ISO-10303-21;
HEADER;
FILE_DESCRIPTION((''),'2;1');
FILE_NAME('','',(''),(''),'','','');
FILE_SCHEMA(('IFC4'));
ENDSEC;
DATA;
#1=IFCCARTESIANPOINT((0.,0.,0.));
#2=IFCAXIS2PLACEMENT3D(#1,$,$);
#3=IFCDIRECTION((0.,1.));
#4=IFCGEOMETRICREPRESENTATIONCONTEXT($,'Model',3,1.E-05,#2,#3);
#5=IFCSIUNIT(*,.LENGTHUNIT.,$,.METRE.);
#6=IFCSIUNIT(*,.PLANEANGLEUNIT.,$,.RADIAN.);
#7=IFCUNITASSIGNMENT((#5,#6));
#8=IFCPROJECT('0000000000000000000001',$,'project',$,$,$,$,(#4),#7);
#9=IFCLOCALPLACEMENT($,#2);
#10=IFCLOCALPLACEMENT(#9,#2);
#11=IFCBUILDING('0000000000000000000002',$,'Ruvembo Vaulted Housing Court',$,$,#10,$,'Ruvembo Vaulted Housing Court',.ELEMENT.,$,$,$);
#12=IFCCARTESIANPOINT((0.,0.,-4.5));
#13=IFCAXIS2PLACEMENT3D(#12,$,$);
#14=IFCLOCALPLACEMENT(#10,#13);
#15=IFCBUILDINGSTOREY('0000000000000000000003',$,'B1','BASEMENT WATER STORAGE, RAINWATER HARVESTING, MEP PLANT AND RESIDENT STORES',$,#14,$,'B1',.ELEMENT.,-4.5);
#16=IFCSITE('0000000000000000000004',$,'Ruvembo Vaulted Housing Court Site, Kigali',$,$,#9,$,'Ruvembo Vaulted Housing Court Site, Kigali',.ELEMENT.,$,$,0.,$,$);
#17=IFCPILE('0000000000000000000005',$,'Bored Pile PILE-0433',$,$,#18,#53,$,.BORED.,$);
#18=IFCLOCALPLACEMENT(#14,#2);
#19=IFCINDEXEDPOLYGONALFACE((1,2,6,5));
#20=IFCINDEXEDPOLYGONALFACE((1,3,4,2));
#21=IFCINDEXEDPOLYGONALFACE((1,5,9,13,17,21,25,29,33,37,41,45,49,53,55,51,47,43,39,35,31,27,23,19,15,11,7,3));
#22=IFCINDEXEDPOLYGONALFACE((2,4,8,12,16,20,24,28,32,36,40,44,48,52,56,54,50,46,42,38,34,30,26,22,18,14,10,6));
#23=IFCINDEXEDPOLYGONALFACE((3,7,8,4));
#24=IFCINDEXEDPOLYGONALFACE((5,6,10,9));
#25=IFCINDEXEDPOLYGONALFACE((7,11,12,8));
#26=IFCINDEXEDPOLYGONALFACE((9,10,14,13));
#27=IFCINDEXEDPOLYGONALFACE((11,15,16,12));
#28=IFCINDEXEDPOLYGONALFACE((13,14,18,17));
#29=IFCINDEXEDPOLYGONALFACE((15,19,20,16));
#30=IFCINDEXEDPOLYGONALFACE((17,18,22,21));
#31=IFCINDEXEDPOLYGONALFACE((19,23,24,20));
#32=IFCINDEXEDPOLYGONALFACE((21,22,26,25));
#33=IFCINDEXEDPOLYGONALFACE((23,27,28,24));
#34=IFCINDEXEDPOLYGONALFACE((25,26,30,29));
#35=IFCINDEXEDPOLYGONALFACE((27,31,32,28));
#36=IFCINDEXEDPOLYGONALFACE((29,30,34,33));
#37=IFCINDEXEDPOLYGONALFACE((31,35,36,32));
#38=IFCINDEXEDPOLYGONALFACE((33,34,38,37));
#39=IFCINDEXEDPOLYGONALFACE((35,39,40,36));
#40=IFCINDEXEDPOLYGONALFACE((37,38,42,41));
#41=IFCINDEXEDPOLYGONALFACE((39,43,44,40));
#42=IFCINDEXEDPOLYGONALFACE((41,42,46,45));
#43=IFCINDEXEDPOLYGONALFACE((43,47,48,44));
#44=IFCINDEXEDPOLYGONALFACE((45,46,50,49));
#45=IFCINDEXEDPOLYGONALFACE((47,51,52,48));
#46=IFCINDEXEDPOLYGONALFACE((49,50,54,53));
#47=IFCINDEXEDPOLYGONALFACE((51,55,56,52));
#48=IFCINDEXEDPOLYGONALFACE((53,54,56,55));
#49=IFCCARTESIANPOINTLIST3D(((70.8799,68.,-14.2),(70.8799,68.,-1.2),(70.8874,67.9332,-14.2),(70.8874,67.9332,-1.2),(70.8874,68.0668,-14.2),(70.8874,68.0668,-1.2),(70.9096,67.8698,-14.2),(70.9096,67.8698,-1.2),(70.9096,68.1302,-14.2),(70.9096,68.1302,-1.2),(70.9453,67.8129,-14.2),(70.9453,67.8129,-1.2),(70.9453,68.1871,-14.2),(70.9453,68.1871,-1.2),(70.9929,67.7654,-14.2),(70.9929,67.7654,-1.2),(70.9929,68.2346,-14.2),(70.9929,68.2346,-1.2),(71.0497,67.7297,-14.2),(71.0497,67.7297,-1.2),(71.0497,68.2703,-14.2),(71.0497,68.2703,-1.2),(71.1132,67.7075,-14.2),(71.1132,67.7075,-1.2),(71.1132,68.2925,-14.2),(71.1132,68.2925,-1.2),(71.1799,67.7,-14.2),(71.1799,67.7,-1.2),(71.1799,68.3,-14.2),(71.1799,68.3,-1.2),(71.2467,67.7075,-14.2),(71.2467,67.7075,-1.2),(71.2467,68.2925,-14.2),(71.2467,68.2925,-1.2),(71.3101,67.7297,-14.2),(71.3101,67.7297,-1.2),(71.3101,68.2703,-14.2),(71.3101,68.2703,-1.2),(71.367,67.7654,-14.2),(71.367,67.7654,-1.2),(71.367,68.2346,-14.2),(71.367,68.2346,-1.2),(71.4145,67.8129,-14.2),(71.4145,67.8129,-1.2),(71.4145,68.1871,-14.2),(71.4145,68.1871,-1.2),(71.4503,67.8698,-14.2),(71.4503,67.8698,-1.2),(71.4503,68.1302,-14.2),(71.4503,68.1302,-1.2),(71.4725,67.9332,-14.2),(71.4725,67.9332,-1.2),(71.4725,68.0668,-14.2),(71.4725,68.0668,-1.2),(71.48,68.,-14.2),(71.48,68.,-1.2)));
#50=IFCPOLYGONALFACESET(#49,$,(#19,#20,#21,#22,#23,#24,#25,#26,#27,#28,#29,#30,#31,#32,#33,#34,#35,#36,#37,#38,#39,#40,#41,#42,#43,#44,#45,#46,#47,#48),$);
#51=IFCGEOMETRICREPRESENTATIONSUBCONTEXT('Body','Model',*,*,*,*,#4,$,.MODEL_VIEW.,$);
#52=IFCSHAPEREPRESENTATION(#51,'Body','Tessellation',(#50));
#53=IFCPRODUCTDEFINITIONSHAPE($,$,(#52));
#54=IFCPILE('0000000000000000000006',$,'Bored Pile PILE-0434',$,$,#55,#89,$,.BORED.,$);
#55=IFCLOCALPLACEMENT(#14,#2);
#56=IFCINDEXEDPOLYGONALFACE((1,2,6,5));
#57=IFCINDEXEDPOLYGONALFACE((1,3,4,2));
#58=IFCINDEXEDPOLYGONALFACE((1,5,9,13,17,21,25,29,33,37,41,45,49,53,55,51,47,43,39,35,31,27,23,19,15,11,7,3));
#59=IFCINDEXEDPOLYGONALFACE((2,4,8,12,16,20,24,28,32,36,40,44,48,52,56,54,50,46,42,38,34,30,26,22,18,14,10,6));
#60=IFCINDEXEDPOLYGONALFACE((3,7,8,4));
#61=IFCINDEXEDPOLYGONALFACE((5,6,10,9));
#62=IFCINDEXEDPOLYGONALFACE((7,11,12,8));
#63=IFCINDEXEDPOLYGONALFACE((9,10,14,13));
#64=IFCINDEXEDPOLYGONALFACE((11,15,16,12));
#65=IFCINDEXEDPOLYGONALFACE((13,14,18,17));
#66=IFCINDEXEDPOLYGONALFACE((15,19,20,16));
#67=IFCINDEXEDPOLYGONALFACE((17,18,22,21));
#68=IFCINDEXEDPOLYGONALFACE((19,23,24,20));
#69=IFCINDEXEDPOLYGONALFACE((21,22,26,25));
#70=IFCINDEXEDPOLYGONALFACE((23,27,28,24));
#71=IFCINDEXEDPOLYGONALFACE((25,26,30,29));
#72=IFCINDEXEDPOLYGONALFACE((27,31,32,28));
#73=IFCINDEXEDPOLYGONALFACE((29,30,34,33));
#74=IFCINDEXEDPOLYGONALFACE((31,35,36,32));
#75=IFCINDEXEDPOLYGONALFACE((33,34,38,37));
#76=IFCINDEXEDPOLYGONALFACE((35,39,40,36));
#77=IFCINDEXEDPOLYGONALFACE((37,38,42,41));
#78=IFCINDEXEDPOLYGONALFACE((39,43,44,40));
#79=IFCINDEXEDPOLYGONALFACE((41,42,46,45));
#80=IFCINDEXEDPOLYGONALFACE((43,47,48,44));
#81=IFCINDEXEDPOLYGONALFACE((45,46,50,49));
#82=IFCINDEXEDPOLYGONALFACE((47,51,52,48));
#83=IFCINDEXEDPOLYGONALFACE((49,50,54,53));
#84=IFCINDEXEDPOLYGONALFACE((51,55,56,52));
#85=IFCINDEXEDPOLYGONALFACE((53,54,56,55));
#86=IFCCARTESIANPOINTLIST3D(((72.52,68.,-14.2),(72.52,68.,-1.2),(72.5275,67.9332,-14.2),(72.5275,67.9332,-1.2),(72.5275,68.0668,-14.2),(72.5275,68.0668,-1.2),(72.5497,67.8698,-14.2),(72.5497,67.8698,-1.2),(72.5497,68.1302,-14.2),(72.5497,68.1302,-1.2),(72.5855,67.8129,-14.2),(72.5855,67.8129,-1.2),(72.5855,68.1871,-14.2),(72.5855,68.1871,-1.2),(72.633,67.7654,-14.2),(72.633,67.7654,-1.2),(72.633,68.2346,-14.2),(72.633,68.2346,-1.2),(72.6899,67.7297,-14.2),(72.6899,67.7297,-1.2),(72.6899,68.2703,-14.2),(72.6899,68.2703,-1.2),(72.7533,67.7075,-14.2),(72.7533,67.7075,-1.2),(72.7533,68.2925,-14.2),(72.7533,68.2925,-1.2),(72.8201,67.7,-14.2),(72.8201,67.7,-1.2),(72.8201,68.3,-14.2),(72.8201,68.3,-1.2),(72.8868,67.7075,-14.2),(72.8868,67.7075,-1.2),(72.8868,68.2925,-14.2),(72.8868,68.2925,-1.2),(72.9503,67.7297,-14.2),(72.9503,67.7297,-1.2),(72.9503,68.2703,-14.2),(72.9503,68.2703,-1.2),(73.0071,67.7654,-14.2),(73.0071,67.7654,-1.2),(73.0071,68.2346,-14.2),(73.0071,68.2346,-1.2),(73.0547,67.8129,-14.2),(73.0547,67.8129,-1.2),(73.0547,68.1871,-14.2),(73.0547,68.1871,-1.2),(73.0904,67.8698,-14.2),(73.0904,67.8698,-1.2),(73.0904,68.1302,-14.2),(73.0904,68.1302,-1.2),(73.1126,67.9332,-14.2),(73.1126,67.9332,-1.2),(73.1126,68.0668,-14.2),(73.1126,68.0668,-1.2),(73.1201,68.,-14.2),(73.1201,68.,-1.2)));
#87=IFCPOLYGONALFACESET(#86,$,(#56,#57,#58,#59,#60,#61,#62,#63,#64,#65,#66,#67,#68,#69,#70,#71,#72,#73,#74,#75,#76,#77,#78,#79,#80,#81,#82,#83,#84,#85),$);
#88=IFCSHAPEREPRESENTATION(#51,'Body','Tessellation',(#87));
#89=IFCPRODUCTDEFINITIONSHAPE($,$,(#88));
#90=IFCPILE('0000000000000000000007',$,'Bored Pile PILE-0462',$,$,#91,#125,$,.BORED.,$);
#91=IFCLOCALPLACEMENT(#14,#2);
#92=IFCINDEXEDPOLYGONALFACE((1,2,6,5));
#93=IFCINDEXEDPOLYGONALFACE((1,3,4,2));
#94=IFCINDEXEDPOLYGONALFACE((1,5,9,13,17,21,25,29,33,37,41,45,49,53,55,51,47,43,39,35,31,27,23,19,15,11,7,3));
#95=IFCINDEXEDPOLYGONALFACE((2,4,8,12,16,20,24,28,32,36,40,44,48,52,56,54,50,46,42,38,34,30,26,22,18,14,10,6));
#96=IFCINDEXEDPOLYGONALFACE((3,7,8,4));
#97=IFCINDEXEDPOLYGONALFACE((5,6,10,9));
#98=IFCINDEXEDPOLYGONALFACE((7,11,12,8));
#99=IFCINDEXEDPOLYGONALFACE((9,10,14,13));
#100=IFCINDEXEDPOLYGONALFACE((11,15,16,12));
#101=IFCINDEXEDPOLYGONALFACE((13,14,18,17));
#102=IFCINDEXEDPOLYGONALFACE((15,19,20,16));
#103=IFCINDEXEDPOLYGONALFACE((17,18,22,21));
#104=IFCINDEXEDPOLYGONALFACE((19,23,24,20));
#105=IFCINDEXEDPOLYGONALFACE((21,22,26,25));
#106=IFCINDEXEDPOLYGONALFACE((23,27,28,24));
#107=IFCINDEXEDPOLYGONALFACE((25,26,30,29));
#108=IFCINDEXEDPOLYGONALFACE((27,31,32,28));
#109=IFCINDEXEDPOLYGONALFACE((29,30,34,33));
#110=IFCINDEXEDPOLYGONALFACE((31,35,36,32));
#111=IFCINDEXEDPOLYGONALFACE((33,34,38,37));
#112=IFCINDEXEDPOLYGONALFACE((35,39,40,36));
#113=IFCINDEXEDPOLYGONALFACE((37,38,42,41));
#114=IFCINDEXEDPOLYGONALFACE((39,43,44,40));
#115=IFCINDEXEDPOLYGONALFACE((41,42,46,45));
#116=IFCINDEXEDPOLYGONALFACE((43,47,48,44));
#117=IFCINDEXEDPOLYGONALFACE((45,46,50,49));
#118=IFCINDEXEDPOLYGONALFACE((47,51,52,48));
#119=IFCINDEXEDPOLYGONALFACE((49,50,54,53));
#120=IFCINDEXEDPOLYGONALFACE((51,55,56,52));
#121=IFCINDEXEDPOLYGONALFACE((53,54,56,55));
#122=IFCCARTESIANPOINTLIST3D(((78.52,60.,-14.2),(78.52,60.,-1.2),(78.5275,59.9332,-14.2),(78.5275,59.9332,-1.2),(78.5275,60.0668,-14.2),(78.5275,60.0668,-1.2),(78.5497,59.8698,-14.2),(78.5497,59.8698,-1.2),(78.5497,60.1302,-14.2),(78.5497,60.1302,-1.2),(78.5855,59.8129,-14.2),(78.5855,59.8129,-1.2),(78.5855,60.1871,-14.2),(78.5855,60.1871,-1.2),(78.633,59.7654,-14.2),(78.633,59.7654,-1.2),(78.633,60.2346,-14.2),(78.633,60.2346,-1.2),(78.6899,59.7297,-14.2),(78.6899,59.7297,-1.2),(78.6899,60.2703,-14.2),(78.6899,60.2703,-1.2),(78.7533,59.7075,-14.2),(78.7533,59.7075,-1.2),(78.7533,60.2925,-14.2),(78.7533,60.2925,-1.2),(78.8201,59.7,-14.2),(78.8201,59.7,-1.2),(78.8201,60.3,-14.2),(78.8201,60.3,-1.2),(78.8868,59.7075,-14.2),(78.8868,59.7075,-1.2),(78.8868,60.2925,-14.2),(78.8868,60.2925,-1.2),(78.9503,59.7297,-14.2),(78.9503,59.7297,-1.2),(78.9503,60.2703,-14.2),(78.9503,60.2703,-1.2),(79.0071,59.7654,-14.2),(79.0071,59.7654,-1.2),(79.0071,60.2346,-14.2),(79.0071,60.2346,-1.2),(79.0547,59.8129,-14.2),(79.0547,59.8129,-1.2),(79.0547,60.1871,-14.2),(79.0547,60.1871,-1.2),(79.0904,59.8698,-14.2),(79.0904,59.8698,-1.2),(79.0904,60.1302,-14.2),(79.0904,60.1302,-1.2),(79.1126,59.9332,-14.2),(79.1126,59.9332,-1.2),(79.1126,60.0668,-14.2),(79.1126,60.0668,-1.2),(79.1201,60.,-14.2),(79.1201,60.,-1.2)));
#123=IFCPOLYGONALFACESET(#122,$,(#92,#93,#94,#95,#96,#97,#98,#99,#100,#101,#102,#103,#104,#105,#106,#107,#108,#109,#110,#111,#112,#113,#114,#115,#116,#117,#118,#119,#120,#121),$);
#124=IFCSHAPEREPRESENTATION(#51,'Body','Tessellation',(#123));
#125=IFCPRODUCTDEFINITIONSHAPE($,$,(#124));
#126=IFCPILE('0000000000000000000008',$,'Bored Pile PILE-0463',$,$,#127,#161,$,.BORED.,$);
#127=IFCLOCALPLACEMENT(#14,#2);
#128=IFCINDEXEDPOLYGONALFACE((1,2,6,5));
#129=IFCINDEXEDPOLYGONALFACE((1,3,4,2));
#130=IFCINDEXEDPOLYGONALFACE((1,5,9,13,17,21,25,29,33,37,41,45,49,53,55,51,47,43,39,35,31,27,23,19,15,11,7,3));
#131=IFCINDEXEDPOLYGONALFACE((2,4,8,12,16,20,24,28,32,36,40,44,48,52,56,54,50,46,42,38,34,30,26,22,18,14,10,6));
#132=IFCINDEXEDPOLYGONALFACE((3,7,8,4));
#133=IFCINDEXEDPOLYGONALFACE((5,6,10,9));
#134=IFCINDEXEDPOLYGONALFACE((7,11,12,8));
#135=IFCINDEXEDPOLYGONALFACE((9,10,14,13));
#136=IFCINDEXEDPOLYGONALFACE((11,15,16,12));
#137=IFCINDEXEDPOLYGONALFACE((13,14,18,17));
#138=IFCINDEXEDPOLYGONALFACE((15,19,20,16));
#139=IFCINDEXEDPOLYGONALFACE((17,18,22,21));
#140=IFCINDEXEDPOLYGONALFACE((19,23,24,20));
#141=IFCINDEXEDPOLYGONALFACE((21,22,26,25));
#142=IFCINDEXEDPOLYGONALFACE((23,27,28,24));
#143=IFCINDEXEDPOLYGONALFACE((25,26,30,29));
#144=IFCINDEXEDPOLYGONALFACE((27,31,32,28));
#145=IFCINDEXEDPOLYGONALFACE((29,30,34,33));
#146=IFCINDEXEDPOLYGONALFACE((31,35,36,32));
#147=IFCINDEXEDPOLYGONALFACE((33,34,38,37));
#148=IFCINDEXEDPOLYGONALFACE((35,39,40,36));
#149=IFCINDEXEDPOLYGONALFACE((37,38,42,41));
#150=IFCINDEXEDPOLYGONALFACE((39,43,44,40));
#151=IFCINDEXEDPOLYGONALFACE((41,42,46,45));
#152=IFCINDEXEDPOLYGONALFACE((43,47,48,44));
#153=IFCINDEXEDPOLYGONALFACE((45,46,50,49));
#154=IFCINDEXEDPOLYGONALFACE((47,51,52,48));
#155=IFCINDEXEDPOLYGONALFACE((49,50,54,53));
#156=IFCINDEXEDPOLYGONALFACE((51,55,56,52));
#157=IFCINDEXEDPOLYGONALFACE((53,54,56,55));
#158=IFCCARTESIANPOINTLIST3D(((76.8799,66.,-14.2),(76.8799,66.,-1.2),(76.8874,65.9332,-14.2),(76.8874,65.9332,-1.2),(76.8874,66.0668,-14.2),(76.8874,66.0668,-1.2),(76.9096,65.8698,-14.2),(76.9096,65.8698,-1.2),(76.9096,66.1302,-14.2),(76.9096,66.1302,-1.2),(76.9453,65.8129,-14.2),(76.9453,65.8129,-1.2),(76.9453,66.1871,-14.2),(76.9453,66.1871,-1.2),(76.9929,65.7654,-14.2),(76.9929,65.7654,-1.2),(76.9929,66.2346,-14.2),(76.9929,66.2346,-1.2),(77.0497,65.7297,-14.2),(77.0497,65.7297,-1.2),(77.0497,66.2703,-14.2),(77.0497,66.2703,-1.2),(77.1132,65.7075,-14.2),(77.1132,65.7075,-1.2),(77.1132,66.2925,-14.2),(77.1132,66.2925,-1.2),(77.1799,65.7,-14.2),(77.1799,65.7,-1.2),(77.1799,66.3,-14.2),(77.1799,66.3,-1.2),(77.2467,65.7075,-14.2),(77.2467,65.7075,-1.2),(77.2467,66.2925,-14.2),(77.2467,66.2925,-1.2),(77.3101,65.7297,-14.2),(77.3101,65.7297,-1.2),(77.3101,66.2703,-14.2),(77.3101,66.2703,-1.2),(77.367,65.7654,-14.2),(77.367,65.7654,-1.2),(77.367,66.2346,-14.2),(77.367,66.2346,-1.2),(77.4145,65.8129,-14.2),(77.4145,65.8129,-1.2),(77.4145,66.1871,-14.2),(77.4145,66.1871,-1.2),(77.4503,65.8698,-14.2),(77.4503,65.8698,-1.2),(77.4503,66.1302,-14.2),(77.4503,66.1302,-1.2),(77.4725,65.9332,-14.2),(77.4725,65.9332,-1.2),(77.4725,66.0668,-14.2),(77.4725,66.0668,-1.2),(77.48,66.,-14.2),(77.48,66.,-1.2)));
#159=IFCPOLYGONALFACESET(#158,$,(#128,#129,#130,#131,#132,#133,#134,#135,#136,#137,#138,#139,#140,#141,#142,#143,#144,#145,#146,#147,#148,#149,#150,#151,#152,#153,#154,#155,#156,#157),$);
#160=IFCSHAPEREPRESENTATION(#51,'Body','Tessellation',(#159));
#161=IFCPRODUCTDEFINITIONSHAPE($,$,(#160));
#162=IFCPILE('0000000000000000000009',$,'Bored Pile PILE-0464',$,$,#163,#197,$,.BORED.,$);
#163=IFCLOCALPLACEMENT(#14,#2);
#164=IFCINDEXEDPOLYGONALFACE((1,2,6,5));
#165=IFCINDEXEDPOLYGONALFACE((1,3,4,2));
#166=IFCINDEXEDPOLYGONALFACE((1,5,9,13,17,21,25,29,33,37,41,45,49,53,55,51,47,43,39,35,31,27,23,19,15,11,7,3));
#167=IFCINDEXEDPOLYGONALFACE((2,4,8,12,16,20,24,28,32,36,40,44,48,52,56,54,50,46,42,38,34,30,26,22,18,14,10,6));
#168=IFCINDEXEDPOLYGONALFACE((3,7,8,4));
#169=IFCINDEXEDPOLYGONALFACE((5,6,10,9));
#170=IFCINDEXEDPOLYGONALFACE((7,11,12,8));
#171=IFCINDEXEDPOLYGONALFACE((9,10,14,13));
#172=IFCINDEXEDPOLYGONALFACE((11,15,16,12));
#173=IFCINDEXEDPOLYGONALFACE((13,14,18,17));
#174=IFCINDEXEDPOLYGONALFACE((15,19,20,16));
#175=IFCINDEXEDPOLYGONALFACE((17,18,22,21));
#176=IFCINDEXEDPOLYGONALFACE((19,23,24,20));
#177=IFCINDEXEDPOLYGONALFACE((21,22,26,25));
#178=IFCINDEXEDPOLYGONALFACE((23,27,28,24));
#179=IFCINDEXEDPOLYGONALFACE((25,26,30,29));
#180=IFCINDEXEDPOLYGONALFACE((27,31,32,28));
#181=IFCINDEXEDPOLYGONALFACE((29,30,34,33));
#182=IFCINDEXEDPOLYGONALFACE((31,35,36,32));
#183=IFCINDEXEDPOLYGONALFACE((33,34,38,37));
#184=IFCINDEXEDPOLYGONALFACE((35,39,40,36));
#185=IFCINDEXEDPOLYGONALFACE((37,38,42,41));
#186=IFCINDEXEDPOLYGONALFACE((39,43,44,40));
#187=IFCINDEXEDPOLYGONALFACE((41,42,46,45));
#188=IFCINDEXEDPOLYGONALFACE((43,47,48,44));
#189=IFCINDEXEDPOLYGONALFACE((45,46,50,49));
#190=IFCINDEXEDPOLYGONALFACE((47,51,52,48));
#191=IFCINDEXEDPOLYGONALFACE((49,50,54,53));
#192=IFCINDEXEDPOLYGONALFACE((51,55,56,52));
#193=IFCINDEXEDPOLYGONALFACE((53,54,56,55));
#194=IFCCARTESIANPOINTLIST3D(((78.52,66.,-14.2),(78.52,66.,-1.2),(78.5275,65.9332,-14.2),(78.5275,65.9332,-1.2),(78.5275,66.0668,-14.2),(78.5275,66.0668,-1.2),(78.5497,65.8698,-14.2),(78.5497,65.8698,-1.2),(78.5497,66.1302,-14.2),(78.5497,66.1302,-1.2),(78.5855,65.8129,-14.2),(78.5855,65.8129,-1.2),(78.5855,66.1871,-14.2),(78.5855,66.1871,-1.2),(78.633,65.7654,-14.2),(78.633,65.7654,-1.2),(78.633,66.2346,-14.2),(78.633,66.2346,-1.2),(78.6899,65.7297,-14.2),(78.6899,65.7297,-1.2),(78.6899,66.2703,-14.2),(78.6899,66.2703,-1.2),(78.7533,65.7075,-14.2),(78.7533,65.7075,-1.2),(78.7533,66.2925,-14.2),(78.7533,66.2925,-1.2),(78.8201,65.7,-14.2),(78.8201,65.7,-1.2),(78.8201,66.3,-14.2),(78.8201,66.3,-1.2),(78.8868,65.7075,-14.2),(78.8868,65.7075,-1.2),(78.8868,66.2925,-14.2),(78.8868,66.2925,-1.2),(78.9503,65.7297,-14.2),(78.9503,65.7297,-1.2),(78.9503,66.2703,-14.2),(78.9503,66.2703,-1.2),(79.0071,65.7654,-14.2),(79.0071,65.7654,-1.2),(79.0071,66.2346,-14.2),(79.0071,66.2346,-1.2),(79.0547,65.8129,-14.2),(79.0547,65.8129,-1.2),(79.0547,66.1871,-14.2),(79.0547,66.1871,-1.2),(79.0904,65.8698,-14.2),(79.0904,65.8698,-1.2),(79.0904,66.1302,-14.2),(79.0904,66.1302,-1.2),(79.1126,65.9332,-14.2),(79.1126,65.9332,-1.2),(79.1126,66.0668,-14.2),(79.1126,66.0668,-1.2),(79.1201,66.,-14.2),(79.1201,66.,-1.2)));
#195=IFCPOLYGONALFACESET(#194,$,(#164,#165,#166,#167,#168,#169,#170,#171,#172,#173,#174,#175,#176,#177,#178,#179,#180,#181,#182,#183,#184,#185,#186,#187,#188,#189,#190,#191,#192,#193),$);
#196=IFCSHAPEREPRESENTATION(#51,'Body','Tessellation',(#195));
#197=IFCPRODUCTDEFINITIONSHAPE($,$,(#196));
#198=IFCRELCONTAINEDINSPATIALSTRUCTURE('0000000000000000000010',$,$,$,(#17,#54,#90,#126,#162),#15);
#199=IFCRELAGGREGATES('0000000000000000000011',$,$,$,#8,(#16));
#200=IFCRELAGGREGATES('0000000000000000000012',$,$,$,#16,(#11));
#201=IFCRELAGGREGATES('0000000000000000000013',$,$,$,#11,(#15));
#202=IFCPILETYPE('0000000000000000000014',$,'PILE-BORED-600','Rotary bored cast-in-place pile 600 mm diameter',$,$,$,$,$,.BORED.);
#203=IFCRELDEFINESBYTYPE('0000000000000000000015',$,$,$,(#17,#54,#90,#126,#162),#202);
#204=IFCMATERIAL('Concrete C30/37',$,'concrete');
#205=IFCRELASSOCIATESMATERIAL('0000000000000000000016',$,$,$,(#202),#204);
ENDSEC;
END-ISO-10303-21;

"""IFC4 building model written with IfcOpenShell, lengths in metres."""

from ifc_helpers import new_model, si_unit, direction, frame, origin, origin_2d, place, context, subcontext, project, spatial, circle, extrude, material, material_profile, profile_set, type_object, element, save


model = new_model("IFC4")

# Units and contexts
model_context = context("Model", 3, precision=1e-05, world=origin(), true_north=direction((0.0, 1.0)))
body_context = subcontext(model_context, "Body", "Model", "MODEL_VIEW")
ifc_project = project(units=[si_unit("LENGTHUNIT", "METRE"), si_unit("PLANEANGLEUNIT", "RADIAN")], contexts=[model_context])

# Site, building, storey
site_placement = place(None, origin())
site = spatial("IfcSite", under=ifc_project, at=site_placement, Name="Ruvembo Vaulted Housing Court Site, Kigali", LongName="Ruvembo Vaulted Housing Court Site, Kigali", CompositionType="ELEMENT", RefElevation=0.0)
building_placement = place(site_placement, origin())
building = spatial("IfcBuilding", under=site, at=building_placement, Name="Ruvembo Vaulted Housing Court", LongName="Ruvembo Vaulted Housing Court", CompositionType="ELEMENT")
storey_placement = place(building_placement, frame((0.0, 0.0, -4.5)))
storey = spatial("IfcBuildingStorey", under=building, at=storey_placement, Name="B1", Description="BASEMENT WATER STORAGE, RAINWATER HARVESTING, MEP PLANT AND RESIDENT STORES", LongName="B1", CompositionType="ELEMENT", Elevation=-4.5)

# Piles
ifc_material_1 = material(Name="Concrete C30/37", Category="concrete")
ifc_material_profile_1 = material_profile(ifc_material_1, circle(Radius=0.3, at=origin_2d()), Name="PILE D600")
ifc_profile_set_1 = profile_set([ifc_material_profile_1], Name="Concrete C30/37")
pile_type = type_object("IfcPileType", Name="PILE-BORED-600", Description="Rotary bored cast-in-place pile 600 mm diameter", PredefinedType="BORED", material=ifc_profile_set_1)
for number, where, z_axis, x_axis, name in (
    (1, (71.1799, 68.0, -1.2), (0.0, 0.0, -1.0), (1.0, 0.0, 0.0), "Bored Pile PILE-0433"),
    (2, (72.8201, 68.0, -1.2), (0.0, 0.0, -1.0), (1.0, 0.0, 0.0), "Bored Pile PILE-0434"),
    (3, (78.8201, 60.0, -1.2), (0.0, 0.0, -1.0), (1.0, 0.0, 0.0), "Bored Pile PILE-0462"),
    (4, (77.1799, 66.0, -1.2), (0.0, 0.0, -1.0), (1.0, 0.0, 0.0), "Bored Pile PILE-0463"),
    (5, (78.8201, 66.0, -1.2), (0.0, 0.0, -1.0), (1.0, 0.0, 0.0), "Bored Pile PILE-0464"),
):
    element("IfcPile", number, at=place(storey_placement, frame(where, z_axis=z_axis, x_axis=x_axis)), inside=storey, type_object=pile_type, Name=name, PredefinedType="BORED", context=body_context, shape_type="SweptSolid", body=[
        extrude(circle(Radius=0.3, at=origin_2d()), origin(), (0.0, 0.0, 1.0), 13.0),
    ])

save(model, "model.ifc")
